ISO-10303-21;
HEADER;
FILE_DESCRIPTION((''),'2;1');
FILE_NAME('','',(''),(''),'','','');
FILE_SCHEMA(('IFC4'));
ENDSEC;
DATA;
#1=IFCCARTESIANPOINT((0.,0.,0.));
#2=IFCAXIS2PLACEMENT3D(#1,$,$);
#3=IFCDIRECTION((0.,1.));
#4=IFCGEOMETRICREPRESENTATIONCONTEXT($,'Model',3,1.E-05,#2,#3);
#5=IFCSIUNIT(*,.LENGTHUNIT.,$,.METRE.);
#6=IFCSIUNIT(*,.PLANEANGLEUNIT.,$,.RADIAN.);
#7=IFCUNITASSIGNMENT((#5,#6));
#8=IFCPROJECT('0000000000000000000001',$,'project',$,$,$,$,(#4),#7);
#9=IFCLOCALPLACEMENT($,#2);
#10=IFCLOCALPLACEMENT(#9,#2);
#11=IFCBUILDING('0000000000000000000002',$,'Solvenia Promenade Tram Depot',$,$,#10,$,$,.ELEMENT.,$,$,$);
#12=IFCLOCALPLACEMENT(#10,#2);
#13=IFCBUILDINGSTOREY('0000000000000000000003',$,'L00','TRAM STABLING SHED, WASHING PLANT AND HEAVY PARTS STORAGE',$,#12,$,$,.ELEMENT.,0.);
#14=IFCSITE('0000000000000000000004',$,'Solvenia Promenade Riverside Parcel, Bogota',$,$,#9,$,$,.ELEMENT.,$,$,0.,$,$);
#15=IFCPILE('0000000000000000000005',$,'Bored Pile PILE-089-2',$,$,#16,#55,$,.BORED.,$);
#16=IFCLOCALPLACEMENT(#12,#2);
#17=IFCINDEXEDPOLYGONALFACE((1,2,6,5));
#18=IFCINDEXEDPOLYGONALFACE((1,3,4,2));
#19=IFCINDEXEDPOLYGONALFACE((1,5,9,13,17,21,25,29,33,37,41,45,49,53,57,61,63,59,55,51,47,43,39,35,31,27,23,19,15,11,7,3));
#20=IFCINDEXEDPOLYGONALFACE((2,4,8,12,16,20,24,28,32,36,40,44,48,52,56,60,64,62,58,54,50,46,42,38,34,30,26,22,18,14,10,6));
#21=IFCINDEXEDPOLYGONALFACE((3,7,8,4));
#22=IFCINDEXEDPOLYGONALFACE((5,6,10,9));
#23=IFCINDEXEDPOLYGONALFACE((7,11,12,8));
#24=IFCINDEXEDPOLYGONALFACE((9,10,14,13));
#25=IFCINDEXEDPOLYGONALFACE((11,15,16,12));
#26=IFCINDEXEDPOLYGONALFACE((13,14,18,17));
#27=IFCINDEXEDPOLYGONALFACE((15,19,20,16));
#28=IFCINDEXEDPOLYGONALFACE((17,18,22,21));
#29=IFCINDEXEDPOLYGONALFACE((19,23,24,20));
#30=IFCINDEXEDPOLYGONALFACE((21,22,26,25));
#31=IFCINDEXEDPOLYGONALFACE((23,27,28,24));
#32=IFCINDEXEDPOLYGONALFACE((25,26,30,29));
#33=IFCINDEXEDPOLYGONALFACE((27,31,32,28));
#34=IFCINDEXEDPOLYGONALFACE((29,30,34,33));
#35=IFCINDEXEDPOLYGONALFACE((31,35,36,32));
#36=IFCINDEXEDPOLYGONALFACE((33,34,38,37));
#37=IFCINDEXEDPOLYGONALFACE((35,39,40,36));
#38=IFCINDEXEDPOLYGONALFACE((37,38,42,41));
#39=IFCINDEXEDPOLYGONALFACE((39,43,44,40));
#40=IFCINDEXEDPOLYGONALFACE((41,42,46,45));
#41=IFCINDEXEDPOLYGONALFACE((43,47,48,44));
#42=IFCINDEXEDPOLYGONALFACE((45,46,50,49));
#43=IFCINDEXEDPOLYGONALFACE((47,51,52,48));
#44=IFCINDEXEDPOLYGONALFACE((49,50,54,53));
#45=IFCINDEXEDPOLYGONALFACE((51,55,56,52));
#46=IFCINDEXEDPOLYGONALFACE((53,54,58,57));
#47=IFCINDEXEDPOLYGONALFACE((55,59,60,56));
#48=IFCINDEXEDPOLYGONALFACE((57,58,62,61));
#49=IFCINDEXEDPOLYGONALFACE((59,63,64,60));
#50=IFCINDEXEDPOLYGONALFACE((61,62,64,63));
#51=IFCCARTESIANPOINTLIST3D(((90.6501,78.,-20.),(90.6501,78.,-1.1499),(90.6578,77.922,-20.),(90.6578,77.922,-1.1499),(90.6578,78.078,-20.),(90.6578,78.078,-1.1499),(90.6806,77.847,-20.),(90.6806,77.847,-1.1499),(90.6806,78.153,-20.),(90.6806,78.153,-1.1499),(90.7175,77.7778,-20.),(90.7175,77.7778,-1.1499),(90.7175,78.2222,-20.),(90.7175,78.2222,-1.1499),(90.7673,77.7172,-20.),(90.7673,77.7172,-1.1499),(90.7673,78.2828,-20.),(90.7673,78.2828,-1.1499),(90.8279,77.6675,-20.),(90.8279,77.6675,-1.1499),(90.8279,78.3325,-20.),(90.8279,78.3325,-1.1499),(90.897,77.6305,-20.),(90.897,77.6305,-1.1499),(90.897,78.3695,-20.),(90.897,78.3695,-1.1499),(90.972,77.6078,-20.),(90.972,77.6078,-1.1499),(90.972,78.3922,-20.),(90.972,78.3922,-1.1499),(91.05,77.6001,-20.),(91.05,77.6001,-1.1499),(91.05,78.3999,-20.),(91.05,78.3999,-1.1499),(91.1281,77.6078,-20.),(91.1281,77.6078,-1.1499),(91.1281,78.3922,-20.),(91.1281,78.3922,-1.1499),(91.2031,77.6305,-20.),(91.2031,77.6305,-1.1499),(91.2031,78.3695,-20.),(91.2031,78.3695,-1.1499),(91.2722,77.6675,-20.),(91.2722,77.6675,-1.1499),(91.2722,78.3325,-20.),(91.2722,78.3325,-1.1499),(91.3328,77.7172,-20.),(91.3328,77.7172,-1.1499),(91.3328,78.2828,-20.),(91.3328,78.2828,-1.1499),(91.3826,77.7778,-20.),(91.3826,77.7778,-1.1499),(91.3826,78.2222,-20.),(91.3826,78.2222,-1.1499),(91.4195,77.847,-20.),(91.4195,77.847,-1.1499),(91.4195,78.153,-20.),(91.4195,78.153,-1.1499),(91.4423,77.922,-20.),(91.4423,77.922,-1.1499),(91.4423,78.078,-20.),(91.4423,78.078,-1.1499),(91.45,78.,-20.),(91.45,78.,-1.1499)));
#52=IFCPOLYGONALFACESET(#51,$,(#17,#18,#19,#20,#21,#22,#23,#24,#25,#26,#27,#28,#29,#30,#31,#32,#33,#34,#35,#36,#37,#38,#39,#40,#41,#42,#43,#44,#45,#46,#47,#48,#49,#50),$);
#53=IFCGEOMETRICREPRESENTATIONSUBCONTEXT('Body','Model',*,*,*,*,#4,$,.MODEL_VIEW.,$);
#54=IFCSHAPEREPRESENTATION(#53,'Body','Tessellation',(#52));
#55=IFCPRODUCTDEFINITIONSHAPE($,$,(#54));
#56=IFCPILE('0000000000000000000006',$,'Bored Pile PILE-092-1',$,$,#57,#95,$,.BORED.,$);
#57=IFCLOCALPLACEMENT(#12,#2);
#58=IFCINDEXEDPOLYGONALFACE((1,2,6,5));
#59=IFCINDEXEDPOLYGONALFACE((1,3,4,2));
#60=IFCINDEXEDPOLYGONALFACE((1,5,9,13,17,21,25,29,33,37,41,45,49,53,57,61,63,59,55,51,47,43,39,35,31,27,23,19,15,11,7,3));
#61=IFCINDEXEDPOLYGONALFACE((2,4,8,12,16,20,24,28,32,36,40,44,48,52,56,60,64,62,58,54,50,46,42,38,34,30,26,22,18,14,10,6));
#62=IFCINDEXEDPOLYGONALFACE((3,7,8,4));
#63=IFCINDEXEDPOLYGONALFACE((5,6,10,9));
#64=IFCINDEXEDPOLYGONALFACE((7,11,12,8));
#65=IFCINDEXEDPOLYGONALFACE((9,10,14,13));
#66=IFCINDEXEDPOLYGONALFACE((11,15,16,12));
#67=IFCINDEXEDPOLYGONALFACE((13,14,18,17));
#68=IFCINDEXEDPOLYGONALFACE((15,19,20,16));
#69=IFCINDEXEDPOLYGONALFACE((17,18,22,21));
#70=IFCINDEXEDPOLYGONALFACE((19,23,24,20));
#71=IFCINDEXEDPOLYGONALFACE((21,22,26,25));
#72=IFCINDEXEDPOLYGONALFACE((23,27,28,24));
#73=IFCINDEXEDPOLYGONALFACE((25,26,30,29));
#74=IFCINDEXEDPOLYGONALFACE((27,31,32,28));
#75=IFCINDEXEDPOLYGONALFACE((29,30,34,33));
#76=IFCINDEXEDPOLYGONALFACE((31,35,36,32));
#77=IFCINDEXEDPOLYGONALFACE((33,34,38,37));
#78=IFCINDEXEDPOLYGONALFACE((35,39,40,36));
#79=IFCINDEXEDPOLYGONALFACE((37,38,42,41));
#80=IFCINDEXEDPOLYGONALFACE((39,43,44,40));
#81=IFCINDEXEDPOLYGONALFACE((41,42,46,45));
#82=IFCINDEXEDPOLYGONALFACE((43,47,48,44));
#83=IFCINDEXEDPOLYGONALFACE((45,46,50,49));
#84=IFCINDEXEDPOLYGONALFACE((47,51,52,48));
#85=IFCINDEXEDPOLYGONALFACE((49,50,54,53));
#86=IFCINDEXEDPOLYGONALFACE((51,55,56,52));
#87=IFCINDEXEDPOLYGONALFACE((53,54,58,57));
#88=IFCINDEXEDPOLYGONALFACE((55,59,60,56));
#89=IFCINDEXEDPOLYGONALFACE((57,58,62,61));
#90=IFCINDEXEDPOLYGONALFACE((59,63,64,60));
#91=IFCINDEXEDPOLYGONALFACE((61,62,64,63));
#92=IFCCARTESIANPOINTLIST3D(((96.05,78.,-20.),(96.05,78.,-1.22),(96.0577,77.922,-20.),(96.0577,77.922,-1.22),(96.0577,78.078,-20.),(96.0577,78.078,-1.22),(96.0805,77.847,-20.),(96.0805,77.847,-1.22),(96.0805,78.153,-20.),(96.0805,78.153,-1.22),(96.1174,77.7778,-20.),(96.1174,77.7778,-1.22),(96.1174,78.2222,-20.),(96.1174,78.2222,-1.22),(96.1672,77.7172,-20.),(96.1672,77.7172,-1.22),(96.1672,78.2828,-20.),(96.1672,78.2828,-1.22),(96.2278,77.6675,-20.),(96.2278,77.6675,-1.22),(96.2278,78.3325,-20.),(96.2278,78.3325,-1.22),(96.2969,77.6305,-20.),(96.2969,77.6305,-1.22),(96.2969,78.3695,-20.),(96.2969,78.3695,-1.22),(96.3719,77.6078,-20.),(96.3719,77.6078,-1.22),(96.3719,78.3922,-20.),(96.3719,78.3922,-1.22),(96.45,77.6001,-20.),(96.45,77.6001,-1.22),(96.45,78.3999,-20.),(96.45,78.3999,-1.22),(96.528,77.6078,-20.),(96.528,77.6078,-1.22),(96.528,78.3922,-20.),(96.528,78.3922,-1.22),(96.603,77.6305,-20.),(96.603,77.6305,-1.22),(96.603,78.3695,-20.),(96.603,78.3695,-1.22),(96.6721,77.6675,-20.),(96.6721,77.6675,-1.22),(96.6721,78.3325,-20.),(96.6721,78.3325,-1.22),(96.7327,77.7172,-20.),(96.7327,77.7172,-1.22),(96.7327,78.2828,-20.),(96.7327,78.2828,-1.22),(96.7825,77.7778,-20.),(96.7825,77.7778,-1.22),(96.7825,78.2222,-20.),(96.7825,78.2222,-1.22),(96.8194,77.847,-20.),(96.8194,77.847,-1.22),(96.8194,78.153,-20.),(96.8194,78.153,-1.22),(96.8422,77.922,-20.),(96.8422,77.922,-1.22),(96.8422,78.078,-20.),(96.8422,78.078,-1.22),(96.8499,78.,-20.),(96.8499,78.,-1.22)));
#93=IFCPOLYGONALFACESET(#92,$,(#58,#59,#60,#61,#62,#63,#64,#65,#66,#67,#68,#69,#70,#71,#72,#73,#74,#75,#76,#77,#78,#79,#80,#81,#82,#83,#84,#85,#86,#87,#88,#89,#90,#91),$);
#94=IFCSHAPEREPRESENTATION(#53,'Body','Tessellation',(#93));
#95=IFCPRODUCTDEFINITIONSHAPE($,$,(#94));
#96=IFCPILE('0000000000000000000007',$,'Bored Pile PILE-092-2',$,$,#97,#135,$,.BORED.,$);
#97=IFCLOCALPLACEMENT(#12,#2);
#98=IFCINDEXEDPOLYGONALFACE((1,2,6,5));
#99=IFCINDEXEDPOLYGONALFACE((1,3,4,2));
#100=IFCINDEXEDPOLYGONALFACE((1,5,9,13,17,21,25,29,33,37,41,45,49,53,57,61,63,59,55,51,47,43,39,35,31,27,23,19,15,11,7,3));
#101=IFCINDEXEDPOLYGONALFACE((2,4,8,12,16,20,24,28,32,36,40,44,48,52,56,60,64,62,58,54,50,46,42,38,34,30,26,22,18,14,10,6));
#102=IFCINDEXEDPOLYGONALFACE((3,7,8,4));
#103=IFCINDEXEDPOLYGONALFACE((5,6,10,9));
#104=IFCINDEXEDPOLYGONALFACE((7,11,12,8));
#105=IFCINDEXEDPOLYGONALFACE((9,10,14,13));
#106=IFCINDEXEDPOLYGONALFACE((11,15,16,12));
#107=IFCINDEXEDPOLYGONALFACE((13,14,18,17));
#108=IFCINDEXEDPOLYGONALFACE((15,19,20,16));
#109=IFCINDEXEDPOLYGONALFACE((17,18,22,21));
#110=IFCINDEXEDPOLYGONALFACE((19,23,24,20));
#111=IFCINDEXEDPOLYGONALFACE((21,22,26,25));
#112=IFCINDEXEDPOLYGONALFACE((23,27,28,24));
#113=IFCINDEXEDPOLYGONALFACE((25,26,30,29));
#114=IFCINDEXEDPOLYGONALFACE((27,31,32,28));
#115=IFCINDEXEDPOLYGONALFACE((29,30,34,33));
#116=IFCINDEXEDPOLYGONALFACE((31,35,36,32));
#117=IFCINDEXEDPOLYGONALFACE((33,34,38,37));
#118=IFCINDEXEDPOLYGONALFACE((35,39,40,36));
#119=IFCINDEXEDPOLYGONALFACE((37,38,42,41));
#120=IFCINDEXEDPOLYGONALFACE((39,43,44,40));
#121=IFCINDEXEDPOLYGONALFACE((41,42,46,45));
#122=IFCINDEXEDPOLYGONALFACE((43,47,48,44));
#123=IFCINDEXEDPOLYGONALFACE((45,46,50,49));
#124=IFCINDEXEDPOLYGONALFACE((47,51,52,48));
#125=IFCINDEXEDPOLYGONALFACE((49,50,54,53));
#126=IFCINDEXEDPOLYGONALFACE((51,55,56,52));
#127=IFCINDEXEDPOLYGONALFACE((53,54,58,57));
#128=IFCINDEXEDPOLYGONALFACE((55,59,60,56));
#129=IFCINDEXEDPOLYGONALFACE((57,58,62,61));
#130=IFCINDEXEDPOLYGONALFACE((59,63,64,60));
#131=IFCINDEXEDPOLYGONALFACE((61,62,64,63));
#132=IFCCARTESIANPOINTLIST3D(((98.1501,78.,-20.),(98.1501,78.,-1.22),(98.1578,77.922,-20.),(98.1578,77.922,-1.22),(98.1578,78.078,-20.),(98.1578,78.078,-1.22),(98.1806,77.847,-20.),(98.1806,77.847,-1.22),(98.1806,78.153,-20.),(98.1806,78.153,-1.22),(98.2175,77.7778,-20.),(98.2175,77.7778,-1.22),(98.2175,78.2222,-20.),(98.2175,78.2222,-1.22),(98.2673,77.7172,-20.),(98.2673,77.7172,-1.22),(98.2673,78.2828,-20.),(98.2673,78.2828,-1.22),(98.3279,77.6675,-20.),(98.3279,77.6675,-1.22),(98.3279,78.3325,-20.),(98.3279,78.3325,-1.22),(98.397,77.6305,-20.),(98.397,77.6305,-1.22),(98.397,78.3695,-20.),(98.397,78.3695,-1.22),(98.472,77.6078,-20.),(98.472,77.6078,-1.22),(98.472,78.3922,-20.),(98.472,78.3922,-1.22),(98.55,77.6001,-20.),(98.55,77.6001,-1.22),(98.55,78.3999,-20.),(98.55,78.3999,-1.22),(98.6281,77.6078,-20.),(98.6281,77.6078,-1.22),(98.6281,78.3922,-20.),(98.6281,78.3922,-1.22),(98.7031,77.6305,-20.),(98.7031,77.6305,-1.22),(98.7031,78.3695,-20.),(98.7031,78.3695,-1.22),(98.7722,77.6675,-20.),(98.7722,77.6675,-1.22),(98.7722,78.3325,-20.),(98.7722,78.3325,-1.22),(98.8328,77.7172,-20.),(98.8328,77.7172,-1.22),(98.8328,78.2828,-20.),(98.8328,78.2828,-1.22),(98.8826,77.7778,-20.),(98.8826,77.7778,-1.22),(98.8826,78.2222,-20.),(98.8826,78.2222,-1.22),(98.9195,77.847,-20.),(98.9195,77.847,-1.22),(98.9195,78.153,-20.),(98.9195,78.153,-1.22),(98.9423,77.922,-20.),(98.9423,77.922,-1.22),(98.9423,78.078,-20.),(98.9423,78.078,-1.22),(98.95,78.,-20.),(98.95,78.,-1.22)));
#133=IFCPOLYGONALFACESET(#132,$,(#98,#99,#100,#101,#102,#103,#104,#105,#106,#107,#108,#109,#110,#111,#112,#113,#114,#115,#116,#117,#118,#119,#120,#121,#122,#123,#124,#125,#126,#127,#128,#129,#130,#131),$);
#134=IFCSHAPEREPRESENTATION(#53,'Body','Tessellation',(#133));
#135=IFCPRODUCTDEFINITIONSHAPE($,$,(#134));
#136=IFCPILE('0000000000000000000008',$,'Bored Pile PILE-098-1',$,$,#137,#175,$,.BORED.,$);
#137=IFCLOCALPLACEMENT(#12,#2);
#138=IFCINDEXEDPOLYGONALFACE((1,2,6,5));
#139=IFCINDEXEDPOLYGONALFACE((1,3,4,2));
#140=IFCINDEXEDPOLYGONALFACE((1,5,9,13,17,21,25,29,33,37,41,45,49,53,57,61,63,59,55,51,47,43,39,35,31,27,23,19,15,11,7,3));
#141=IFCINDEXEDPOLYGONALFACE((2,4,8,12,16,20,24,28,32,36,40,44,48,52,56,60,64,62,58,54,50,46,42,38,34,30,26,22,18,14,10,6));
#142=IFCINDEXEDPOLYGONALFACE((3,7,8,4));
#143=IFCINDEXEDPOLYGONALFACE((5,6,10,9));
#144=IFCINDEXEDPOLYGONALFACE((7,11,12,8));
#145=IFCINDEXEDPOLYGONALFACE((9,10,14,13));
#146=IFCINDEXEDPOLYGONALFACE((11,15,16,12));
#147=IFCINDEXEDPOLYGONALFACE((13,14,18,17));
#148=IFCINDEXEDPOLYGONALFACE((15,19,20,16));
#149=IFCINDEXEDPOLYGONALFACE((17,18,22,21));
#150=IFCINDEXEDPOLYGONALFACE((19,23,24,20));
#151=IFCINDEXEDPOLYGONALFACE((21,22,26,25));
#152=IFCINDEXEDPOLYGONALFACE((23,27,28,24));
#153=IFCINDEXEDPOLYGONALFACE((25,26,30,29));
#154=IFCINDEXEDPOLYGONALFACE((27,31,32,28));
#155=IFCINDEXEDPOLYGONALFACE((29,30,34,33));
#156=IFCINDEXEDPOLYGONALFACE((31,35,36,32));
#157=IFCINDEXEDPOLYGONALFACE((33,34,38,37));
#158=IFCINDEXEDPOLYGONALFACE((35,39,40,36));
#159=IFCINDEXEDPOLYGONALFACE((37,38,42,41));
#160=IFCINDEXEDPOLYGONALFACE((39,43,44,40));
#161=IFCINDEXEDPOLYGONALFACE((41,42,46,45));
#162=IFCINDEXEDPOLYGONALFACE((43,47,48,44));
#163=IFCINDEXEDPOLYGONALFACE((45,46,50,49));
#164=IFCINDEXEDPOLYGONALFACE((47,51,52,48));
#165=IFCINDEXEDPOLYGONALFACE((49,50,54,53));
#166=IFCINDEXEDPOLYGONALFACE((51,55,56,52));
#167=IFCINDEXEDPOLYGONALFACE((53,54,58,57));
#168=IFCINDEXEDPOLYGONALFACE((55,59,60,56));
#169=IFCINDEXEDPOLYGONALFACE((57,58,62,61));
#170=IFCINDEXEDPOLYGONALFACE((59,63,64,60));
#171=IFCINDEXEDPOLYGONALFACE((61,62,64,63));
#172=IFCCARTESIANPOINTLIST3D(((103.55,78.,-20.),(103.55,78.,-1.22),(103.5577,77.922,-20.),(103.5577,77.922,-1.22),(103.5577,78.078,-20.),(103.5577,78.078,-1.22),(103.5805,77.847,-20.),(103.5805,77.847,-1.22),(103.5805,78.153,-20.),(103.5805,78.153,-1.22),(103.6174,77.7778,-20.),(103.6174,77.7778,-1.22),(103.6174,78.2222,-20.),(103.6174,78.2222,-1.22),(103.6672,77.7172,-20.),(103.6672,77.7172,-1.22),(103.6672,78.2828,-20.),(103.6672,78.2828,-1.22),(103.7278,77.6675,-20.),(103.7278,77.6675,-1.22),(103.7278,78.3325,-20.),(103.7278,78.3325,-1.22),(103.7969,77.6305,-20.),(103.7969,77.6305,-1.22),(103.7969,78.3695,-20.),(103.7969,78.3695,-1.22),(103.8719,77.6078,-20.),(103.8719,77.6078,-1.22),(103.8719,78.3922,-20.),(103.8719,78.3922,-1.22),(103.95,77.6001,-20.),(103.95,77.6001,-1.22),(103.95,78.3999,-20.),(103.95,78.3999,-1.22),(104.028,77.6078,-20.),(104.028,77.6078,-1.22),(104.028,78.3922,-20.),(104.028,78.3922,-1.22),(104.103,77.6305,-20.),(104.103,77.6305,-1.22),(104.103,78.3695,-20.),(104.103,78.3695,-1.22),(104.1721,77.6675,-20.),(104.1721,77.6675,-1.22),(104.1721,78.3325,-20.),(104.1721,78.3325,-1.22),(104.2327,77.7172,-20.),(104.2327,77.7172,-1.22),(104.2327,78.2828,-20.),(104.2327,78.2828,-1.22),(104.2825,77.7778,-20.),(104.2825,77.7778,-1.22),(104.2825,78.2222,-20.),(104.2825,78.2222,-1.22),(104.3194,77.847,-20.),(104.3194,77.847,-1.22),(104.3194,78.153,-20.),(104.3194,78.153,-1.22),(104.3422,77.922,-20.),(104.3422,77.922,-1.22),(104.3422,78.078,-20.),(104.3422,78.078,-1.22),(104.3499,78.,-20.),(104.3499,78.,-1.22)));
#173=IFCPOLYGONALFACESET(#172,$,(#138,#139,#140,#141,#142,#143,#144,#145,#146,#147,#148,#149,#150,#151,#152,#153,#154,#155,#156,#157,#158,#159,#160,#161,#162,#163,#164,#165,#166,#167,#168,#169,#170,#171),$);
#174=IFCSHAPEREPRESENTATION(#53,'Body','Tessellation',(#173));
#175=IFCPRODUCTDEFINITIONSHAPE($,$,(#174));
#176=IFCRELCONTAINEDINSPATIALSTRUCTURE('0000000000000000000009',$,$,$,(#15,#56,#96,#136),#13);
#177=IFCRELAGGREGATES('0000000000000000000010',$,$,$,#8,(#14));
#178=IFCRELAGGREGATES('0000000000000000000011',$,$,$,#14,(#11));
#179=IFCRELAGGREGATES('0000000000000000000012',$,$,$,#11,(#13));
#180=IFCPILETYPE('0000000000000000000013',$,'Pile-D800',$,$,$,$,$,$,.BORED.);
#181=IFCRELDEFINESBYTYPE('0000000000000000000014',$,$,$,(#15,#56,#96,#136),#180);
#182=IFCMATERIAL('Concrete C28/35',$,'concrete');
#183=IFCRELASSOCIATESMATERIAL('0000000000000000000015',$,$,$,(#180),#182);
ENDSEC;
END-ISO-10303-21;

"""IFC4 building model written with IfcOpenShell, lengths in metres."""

from ifc_helpers import new_model, si_unit, direction, frame, origin, origin_2d, place, context, subcontext, project, spatial, circle, extrude, material, material_profile, profile_set, type_object, element, save


model = new_model("IFC4")

# Units and contexts
model_context = context("Model", 3, precision=1e-05, world=origin(), true_north=direction((0.0, 1.0)))
body_context = subcontext(model_context, "Body", "Model", "MODEL_VIEW")
ifc_project = project(units=[si_unit("LENGTHUNIT", "METRE"), si_unit("PLANEANGLEUNIT", "RADIAN")], contexts=[model_context])

# Site, building, storey
site_placement = place(None, origin())
site = spatial("IfcSite", under=ifc_project, at=site_placement, Name="Solvenia Promenade Riverside Parcel, Bogota", CompositionType="ELEMENT", RefElevation=0.0)
building_placement = place(site_placement, origin())
building = spatial("IfcBuilding", under=site, at=building_placement, Name="Solvenia Promenade Tram Depot", CompositionType="ELEMENT")
storey_placement = place(building_placement, origin())
storey = spatial("IfcBuildingStorey", under=building, at=storey_placement, Name="L00", Description="TRAM STABLING SHED, WASHING PLANT AND HEAVY PARTS STORAGE", CompositionType="ELEMENT", Elevation=0.0)

# Shared definitions
ifc_material_1 = material(Name="Concrete C28/35", Category="concrete")

# Piles
ifc_material_profile_1 = material_profile(ifc_material_1, circle(Radius=0.3999, at=origin_2d()), Name="D800", Category="concrete")
ifc_profile_set_1 = profile_set([ifc_material_profile_1], Name="Concrete C28/35")
pile_type_1 = type_object("IfcPileType", Name="Pile-D800", PredefinedType="BORED", material=ifc_profile_set_1)
for number, where, z_axis, x_axis, name in (
    (1, (91.05, 78.0, -1.1499), (0.0, 0.0, -1.0), (1.0, 0.0, 0.0), "Bored Pile PILE-089-2"),
):
    element("IfcPile", number, at=place(storey_placement, frame(where, z_axis=z_axis, x_axis=x_axis)), inside=storey, type_object=pile_type_1, Name=name, PredefinedType="BORED", context=body_context, shape_type="SweptSolid", body=[
        extrude(circle(Radius=0.3999, at=origin_2d()), origin(), (0.0, 0.0, 1.0), 18.8501),
    ])
for number, where, z_axis, x_axis, name in (
    (2, (96.45, 78.0, -1.22), (0.0, 0.0, -1.0), (1.0, 0.0, 0.0), "Bored Pile PILE-092-1"),
    (3, (98.55, 78.0, -1.22), (0.0, 0.0, -1.0), (1.0, 0.0, 0.0), "Bored Pile PILE-092-2"),
    (4, (103.95, 78.0, -1.22), (0.0, 0.0, -1.0), (1.0, 0.0, 0.0), "Bored Pile PILE-098-1"),
):
    element("IfcPile", number, at=place(storey_placement, frame(where, z_axis=z_axis, x_axis=x_axis)), inside=storey, type_object=pile_type_1, Name=name, PredefinedType="BORED", context=body_context, shape_type="SweptSolid", body=[
        extrude(circle(Radius=0.3999, at=origin_2d()), origin(), (0.0, 0.0, 1.0), 18.78),
    ])

save(model, "model.ifc")
